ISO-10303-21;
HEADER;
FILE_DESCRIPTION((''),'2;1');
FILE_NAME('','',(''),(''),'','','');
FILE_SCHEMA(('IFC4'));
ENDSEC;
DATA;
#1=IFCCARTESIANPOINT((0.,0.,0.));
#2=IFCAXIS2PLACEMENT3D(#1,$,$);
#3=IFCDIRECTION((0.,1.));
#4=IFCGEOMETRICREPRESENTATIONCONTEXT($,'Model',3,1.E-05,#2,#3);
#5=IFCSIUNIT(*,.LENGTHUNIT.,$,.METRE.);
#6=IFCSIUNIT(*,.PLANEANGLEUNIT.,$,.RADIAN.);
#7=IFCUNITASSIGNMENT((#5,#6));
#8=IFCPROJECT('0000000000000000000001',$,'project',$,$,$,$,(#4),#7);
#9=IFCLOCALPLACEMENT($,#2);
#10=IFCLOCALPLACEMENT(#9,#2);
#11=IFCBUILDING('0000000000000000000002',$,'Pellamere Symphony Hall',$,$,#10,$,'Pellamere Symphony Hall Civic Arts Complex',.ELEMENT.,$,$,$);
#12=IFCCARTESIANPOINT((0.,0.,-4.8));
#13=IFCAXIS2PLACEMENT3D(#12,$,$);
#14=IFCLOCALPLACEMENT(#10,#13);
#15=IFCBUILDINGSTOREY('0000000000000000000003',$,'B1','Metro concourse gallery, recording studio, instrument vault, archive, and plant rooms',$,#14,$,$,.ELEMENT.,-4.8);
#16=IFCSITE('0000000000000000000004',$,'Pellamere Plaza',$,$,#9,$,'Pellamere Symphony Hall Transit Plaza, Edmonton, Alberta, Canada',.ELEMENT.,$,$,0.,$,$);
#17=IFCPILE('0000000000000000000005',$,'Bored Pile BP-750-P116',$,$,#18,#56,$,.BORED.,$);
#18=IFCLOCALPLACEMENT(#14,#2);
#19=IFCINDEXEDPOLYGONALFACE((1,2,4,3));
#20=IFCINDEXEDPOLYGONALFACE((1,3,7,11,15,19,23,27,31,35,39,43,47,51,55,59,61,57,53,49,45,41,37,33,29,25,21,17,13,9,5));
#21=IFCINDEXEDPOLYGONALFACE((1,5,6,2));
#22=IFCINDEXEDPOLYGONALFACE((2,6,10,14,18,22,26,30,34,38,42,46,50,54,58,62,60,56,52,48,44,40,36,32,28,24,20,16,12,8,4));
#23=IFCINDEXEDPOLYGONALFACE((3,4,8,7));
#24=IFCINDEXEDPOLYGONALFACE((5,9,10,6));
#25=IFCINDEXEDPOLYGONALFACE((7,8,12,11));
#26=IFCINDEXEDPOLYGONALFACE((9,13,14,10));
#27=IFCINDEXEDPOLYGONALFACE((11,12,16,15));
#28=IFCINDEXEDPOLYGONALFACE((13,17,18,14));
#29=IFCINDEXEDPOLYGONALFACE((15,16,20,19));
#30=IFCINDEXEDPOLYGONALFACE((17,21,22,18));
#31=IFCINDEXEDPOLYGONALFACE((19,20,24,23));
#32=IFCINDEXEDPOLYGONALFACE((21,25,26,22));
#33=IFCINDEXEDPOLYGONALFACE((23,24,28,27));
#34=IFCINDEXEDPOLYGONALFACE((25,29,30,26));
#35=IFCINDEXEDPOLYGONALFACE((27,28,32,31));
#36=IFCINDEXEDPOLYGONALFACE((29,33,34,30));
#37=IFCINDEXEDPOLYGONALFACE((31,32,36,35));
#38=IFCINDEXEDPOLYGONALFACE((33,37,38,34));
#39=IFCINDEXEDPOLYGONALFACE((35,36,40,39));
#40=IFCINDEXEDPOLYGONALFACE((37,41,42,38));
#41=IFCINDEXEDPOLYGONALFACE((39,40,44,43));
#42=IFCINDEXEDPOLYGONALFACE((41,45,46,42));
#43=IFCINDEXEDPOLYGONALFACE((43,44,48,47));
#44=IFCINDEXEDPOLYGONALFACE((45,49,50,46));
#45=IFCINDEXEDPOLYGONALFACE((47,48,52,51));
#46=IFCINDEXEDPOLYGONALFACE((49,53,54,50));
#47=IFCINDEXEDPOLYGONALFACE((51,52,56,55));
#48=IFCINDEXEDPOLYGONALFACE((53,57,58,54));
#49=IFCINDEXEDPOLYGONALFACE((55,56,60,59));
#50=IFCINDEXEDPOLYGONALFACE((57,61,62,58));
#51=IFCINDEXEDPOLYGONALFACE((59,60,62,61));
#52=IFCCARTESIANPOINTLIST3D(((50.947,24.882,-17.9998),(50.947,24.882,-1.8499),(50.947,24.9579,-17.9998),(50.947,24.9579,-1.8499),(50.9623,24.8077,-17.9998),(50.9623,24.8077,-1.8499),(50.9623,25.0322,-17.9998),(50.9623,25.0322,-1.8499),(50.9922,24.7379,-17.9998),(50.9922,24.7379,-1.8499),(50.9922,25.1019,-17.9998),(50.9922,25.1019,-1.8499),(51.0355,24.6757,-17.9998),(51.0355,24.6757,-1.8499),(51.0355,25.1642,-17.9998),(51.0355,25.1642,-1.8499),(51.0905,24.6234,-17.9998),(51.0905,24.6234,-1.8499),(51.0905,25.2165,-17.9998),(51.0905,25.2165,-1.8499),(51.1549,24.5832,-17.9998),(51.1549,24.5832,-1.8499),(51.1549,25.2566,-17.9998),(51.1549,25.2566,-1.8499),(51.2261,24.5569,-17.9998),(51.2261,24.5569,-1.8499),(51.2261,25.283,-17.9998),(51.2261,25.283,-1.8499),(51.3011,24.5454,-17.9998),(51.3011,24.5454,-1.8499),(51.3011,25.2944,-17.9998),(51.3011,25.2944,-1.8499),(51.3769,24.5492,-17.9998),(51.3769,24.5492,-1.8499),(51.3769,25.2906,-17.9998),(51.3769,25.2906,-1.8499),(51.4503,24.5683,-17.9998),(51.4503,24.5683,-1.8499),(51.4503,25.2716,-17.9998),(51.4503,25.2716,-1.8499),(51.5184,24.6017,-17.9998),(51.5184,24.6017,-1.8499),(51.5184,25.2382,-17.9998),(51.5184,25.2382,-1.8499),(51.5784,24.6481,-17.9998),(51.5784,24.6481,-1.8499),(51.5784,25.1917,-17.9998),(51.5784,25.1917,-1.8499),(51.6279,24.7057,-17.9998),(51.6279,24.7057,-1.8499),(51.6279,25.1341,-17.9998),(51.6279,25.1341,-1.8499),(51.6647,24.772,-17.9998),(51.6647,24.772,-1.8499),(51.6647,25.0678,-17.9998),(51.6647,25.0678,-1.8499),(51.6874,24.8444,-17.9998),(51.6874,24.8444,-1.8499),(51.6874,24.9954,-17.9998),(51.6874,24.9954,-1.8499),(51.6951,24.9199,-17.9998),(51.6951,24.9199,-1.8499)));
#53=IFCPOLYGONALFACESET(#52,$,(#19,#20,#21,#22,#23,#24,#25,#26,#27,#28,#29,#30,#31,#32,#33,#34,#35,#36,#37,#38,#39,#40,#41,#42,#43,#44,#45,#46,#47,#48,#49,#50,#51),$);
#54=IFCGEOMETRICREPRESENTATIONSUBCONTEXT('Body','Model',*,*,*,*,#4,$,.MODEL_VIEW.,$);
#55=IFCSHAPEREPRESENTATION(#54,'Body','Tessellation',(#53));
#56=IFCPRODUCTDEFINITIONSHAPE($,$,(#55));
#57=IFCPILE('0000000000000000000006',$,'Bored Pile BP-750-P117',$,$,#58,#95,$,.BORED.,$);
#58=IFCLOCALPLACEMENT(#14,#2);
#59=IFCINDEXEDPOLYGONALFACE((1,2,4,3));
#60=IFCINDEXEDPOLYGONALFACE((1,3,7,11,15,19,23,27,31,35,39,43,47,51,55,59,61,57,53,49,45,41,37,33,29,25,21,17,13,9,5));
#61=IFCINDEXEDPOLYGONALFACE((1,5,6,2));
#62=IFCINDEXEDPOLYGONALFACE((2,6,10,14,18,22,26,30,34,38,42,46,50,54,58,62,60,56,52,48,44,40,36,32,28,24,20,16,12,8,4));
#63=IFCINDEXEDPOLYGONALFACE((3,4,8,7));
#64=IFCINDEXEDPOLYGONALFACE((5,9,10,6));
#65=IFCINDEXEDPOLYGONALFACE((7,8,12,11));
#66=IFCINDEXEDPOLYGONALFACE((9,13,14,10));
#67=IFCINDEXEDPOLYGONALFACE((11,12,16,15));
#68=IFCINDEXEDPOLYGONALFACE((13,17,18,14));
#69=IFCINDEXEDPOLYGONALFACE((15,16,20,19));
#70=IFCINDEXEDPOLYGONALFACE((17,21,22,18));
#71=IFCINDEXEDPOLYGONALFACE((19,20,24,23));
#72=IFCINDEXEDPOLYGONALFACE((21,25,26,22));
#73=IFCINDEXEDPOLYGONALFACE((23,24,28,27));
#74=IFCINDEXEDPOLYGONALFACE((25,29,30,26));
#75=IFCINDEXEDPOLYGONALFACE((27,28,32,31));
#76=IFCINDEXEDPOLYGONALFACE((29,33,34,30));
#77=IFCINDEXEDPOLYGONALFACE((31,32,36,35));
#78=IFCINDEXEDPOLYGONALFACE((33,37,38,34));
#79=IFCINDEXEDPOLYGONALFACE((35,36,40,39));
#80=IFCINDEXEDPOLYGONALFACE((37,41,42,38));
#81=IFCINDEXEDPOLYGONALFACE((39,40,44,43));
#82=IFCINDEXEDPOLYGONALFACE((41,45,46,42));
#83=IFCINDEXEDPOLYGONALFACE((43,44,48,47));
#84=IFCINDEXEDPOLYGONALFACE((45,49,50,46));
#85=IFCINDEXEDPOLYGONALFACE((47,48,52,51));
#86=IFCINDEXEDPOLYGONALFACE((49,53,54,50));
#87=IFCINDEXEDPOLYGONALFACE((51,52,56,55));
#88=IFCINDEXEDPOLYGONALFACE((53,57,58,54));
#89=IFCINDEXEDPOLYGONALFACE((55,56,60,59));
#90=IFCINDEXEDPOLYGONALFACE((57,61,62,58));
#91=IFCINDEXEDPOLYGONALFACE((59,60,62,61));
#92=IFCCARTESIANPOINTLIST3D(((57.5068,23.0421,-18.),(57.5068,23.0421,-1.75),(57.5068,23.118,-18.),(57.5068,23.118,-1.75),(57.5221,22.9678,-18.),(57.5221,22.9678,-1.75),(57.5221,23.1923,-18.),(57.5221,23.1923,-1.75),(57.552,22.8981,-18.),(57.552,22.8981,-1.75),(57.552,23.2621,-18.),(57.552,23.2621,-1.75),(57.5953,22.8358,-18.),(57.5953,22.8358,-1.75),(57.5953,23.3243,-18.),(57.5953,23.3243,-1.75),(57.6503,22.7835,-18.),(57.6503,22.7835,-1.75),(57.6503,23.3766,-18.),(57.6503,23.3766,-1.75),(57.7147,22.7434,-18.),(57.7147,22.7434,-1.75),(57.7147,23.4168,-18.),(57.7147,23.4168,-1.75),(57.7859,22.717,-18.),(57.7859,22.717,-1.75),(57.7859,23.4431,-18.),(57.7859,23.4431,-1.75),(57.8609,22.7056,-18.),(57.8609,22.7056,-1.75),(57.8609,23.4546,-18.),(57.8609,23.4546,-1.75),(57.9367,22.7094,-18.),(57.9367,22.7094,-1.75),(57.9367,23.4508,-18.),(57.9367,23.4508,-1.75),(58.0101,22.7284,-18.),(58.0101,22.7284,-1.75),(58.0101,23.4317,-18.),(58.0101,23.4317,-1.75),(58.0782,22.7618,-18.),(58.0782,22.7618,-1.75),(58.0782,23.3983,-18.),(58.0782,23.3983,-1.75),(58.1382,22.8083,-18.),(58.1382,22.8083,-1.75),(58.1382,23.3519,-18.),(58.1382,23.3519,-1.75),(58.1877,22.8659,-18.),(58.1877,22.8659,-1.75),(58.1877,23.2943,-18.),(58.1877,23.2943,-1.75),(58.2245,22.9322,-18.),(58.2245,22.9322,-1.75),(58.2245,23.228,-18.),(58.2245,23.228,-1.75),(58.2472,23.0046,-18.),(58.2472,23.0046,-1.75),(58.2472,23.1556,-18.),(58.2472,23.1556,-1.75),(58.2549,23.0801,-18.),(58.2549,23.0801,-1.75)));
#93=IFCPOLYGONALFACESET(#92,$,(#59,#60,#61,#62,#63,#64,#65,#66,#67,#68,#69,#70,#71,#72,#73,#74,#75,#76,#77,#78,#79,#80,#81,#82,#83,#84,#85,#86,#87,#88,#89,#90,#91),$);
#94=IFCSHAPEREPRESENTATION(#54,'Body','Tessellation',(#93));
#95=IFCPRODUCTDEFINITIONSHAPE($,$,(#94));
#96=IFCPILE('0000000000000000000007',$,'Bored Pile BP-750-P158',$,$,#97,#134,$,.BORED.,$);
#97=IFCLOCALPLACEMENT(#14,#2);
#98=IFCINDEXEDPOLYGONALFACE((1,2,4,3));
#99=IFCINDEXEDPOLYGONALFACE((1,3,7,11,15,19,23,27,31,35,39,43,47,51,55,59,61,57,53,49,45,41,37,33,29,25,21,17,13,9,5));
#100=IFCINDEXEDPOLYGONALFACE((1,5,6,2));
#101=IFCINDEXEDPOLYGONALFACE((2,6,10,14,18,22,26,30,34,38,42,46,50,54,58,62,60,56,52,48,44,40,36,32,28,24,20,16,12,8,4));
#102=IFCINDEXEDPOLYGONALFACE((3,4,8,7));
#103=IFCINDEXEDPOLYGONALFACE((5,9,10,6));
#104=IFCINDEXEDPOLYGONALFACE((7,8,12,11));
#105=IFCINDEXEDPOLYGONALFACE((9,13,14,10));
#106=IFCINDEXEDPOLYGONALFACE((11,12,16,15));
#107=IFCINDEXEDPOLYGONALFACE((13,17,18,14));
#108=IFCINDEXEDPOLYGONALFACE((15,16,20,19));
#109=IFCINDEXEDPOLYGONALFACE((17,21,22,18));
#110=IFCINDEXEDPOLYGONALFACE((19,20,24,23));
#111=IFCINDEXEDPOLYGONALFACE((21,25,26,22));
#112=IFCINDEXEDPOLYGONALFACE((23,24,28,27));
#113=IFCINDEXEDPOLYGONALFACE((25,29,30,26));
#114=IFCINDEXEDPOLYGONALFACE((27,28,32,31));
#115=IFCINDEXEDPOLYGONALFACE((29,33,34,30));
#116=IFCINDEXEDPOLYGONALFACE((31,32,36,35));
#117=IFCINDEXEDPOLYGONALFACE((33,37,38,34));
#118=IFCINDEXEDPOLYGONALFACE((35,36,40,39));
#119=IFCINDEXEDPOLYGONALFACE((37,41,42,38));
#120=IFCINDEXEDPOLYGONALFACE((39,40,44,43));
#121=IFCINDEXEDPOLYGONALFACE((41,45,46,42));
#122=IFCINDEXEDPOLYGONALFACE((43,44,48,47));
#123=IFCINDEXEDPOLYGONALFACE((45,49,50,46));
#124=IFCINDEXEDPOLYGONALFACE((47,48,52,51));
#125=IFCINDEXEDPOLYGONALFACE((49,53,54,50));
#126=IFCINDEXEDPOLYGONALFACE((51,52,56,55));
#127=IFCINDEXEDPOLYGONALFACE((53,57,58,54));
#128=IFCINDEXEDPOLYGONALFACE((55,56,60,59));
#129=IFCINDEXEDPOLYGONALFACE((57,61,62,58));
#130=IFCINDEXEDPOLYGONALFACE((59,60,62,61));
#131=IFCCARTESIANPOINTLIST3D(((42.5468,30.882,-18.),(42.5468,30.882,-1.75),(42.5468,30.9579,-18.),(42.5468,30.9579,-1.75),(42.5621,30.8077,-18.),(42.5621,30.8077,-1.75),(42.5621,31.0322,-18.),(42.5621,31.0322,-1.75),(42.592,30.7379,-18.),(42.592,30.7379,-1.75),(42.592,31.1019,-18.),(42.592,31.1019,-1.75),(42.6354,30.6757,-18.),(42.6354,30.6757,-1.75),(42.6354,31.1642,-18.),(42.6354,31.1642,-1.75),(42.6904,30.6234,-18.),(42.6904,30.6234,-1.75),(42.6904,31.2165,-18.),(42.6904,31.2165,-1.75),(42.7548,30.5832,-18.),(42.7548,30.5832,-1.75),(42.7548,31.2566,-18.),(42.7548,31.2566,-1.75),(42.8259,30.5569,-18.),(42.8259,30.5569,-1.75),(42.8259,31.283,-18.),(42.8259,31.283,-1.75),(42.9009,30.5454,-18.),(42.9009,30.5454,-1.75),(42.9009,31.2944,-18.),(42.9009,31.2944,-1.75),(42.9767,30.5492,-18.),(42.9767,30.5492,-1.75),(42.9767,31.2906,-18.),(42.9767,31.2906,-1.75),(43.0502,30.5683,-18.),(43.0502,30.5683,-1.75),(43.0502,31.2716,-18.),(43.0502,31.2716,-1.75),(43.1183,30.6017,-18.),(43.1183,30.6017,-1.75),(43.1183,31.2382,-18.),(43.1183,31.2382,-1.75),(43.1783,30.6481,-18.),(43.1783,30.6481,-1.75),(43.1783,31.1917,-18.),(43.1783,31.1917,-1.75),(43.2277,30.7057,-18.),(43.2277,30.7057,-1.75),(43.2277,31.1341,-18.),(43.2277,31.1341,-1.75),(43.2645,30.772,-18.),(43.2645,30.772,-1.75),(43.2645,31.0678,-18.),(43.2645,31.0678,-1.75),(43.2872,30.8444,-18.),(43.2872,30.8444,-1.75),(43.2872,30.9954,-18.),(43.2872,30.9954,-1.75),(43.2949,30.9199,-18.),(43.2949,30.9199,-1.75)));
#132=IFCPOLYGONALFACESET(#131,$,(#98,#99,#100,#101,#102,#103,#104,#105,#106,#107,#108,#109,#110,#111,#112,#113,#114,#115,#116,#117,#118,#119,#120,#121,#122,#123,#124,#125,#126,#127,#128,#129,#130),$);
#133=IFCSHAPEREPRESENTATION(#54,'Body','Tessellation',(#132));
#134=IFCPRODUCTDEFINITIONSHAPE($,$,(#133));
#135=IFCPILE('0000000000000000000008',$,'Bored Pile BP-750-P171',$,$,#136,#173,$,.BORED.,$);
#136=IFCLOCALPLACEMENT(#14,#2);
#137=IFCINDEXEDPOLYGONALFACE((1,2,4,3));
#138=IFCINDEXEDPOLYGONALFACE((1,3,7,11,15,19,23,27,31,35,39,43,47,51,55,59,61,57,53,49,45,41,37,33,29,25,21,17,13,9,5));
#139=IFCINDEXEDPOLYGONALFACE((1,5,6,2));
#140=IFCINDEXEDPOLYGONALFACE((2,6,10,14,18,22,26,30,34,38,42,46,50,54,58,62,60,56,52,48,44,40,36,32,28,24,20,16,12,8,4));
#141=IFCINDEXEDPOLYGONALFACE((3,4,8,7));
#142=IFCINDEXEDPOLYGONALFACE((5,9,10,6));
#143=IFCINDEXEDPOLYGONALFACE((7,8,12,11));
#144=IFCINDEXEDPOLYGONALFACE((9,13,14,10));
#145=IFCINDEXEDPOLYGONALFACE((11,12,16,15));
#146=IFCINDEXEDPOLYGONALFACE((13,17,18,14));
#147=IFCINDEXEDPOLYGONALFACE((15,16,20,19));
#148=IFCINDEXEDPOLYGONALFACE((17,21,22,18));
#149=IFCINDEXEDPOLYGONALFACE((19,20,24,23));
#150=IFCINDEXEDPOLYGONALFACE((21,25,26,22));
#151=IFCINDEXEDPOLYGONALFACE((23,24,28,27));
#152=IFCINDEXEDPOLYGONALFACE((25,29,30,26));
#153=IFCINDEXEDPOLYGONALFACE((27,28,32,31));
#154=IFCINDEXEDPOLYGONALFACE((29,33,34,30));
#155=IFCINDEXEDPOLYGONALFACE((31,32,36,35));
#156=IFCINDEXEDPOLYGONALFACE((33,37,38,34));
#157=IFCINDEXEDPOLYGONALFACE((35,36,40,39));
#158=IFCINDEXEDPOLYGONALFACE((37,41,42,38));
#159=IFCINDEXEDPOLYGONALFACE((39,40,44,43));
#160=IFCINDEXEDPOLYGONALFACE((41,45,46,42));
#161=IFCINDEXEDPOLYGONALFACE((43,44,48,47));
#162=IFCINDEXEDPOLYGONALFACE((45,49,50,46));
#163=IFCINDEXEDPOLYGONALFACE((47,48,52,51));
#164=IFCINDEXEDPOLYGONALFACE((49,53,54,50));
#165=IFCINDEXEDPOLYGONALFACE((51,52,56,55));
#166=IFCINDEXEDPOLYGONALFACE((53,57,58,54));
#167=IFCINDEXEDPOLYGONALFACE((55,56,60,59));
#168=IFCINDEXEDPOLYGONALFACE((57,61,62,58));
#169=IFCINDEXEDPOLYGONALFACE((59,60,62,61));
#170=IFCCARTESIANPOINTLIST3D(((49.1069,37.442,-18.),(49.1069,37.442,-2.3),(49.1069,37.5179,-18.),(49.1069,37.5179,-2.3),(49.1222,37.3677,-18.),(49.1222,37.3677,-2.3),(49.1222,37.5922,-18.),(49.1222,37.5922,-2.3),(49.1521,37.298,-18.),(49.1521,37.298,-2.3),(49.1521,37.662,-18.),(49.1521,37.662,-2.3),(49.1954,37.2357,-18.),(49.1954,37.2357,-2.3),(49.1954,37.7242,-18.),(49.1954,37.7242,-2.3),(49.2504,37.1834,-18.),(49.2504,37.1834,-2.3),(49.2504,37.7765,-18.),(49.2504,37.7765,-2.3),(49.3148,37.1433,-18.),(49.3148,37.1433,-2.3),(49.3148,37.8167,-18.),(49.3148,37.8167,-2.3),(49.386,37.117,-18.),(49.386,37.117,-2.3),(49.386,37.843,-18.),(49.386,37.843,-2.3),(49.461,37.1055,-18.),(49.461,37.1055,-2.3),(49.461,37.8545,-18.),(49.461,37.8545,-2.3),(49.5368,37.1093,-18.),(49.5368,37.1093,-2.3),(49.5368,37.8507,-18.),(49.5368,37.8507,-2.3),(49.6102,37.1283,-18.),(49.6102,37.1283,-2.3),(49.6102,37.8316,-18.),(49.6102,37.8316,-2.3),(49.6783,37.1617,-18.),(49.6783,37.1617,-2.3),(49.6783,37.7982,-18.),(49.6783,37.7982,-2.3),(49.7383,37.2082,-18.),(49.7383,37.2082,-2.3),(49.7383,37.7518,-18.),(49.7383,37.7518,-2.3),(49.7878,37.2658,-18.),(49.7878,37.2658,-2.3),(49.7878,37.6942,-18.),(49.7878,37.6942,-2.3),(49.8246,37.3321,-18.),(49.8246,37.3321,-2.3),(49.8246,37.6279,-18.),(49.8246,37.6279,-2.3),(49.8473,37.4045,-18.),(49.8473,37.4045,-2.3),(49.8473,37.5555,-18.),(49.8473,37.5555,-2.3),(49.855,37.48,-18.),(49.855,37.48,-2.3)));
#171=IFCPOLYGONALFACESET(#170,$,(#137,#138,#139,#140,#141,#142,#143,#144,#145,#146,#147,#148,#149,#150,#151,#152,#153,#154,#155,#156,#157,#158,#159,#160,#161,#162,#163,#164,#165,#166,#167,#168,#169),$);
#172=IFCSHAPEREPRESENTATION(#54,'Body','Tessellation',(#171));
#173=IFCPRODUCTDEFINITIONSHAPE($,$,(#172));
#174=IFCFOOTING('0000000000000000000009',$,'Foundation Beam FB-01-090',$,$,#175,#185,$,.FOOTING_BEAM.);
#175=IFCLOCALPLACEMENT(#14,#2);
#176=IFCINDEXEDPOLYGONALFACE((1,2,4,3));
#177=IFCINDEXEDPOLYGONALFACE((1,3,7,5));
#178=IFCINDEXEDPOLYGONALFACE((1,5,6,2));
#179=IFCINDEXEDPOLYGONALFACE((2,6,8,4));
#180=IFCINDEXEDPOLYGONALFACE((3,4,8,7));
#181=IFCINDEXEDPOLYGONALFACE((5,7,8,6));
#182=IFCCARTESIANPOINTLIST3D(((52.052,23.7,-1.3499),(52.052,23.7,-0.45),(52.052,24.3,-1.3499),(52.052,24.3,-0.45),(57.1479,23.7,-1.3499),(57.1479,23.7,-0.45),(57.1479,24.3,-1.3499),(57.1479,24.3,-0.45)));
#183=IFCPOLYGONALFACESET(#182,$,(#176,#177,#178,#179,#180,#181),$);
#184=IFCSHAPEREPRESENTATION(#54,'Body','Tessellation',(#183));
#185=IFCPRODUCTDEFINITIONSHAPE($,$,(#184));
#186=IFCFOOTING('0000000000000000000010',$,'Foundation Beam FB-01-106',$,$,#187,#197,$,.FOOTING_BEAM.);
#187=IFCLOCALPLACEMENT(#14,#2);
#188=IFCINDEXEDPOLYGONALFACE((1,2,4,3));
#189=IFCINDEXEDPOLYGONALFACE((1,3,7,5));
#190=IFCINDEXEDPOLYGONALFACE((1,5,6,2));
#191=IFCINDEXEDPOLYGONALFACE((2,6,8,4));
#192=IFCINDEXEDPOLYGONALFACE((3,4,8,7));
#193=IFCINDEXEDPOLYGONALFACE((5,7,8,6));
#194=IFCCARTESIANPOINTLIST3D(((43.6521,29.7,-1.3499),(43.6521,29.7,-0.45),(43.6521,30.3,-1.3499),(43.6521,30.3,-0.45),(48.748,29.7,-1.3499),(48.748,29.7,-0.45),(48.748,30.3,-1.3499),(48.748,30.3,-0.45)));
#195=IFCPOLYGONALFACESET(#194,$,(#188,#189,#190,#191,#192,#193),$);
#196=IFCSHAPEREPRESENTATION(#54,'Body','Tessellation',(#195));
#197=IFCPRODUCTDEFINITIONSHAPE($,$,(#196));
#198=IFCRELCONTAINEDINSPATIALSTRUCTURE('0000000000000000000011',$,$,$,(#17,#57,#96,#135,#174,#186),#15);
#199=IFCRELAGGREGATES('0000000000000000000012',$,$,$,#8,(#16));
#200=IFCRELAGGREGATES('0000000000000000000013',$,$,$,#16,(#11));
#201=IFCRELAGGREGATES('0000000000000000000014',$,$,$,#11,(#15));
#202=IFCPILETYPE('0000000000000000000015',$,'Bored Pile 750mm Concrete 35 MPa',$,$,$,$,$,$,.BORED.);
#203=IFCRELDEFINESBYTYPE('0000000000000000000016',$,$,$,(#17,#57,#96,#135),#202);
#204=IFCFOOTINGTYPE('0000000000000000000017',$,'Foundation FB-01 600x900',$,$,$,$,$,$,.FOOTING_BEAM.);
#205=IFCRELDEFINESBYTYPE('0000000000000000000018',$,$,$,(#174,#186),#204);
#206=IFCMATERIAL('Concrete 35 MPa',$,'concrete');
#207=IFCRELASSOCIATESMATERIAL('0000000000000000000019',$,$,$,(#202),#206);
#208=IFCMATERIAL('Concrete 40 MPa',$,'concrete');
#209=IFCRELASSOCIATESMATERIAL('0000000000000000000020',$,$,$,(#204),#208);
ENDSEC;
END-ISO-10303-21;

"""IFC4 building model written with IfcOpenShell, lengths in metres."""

from ifc_helpers import new_model, si_unit, direction, frame, origin, origin_2d, place, context, subcontext, project, spatial, rectangle, circle, extrude, material, material_profile, profile_set, type_object, element, save


model = new_model("IFC4")

# Units and contexts
model_context = context("Model", 3, precision=1e-05, world=origin(), true_north=direction((0.0, 1.0)))
body_context = subcontext(model_context, "Body", "Model", "MODEL_VIEW")
ifc_project = project(units=[si_unit("LENGTHUNIT", "METRE"), si_unit("PLANEANGLEUNIT", "RADIAN")], contexts=[model_context])

# Site, building, storey
site_placement = place(None, origin())
site = spatial("IfcSite", under=ifc_project, at=site_placement, Name="Pellamere Plaza", LongName="Pellamere Symphony Hall Transit Plaza, Edmonton, Alberta, Canada", CompositionType="ELEMENT", RefElevation=0.0)
building_placement = place(site_placement, origin())
building = spatial("IfcBuilding", under=site, at=building_placement, Name="Pellamere Symphony Hall", LongName="Pellamere Symphony Hall Civic Arts Complex", CompositionType="ELEMENT")
storey_placement = place(building_placement, frame((0.0, 0.0, -4.8)))
storey = spatial("IfcBuildingStorey", under=building, at=storey_placement, Name="B1", Description="Metro concourse gallery, recording studio, instrument vault, archive, and plant rooms", CompositionType="ELEMENT", Elevation=-4.8)

# Piles
ifc_material_1 = material(Name="Concrete 40 MPa", Category="concrete")
ifc_material_2 = material(Name="Concrete 35 MPa", Category="concrete")
ifc_material_profile_1 = material_profile(ifc_material_2, circle(Radius=0.375, at=origin_2d()), Name="PILE D750")
ifc_profile_set_1 = profile_set([ifc_material_profile_1], Name="Concrete 35 MPa")
pile_type_1 = type_object("IfcPileType", Name="Bored Pile 750mm Concrete 35 MPa", PredefinedType="BORED", material=ifc_profile_set_1)
for number, where, z_axis, x_axis, name in (
    (1, (51.3201, 24.9199, -1.8499), (0.0, 0.0, -1.0), (1.0, 0.0, 0.0), "Bored Pile BP-750-P116"),
):
    element("IfcPile", number, at=place(storey_placement, frame(where, z_axis=z_axis, x_axis=x_axis)), inside=storey, type_object=pile_type_1, Name=name, PredefinedType="BORED", context=body_context, shape_type="SweptSolid", body=[
        extrude(circle(Radius=0.375, at=origin_2d()), origin(), (0.0, 0.0, 1.0), 16.1499),
    ])
for number, where, z_axis, x_axis, name in (
    (2, (57.8799, 23.0801, -1.75), (0.0, 0.0, -1.0), (1.0, 0.0, 0.0), "Bored Pile BP-750-P117"),
    (3, (42.9199, 30.9199, -1.75), (0.0, 0.0, -1.0), (1.0, 0.0, 0.0), "Bored Pile BP-750-P158"),
):
    element("IfcPile", number, at=place(storey_placement, frame(where, z_axis=z_axis, x_axis=x_axis)), inside=storey, type_object=pile_type_1, Name=name, PredefinedType="BORED", context=body_context, shape_type="SweptSolid", body=[
        extrude(circle(Radius=0.375, at=origin_2d()), origin(), (0.0, 0.0, 1.0), 16.25),
    ])
pile_1_placement = place(storey_placement, frame((49.48, 37.48, -2.3), z_axis=(0.0, 0.0, -1.0), x_axis=(1.0, 0.0, 0.0)))
element("IfcPile", 4, at=pile_1_placement, inside=storey, type_object=pile_type_1, Name="Bored Pile BP-750-P171", PredefinedType="BORED", context=body_context, shape_type="SweptSolid", body=[
    extrude(circle(Radius=0.375, at=origin_2d()), origin(), (0.0, 0.0, 1.0), 15.7),
])

# Footings
ifc_material_profile_2 = material_profile(ifc_material_1, rectangle(XDim=0.6001, YDim=0.8999, at=origin_2d()), Name="RC 600x900")
ifc_profile_set_2 = profile_set([ifc_material_profile_2], Name="Concrete 40 MPa")
footing_type_1 = type_object("IfcFootingType", Name="Foundation FB-01 600x900", PredefinedType="FOOTING_BEAM", material=ifc_profile_set_2)
for number, where, z_axis, x_axis, name in (
    (5, (52.052, 24.0, -0.8999), (1.0, 0.0, 0.0), (0.0, 1.0, 0.0), "Foundation Beam FB-01-090"),
    (6, (43.6521, 30.0, -0.8999), (1.0, 0.0, 0.0), (0.0, 1.0, 0.0), "Foundation Beam FB-01-106"),
):
    element("IfcFooting", number, at=place(storey_placement, frame(where, z_axis=z_axis, x_axis=x_axis)), inside=storey, type_object=footing_type_1, Name=name, PredefinedType="FOOTING_BEAM", context=body_context, shape_type="SweptSolid", body=[
        extrude(rectangle(XDim=0.6001, YDim=0.8999, at=origin_2d()), origin(), (0.0, 0.0, 1.0), 5.0959),
    ])

save(model, "model.ifc")
